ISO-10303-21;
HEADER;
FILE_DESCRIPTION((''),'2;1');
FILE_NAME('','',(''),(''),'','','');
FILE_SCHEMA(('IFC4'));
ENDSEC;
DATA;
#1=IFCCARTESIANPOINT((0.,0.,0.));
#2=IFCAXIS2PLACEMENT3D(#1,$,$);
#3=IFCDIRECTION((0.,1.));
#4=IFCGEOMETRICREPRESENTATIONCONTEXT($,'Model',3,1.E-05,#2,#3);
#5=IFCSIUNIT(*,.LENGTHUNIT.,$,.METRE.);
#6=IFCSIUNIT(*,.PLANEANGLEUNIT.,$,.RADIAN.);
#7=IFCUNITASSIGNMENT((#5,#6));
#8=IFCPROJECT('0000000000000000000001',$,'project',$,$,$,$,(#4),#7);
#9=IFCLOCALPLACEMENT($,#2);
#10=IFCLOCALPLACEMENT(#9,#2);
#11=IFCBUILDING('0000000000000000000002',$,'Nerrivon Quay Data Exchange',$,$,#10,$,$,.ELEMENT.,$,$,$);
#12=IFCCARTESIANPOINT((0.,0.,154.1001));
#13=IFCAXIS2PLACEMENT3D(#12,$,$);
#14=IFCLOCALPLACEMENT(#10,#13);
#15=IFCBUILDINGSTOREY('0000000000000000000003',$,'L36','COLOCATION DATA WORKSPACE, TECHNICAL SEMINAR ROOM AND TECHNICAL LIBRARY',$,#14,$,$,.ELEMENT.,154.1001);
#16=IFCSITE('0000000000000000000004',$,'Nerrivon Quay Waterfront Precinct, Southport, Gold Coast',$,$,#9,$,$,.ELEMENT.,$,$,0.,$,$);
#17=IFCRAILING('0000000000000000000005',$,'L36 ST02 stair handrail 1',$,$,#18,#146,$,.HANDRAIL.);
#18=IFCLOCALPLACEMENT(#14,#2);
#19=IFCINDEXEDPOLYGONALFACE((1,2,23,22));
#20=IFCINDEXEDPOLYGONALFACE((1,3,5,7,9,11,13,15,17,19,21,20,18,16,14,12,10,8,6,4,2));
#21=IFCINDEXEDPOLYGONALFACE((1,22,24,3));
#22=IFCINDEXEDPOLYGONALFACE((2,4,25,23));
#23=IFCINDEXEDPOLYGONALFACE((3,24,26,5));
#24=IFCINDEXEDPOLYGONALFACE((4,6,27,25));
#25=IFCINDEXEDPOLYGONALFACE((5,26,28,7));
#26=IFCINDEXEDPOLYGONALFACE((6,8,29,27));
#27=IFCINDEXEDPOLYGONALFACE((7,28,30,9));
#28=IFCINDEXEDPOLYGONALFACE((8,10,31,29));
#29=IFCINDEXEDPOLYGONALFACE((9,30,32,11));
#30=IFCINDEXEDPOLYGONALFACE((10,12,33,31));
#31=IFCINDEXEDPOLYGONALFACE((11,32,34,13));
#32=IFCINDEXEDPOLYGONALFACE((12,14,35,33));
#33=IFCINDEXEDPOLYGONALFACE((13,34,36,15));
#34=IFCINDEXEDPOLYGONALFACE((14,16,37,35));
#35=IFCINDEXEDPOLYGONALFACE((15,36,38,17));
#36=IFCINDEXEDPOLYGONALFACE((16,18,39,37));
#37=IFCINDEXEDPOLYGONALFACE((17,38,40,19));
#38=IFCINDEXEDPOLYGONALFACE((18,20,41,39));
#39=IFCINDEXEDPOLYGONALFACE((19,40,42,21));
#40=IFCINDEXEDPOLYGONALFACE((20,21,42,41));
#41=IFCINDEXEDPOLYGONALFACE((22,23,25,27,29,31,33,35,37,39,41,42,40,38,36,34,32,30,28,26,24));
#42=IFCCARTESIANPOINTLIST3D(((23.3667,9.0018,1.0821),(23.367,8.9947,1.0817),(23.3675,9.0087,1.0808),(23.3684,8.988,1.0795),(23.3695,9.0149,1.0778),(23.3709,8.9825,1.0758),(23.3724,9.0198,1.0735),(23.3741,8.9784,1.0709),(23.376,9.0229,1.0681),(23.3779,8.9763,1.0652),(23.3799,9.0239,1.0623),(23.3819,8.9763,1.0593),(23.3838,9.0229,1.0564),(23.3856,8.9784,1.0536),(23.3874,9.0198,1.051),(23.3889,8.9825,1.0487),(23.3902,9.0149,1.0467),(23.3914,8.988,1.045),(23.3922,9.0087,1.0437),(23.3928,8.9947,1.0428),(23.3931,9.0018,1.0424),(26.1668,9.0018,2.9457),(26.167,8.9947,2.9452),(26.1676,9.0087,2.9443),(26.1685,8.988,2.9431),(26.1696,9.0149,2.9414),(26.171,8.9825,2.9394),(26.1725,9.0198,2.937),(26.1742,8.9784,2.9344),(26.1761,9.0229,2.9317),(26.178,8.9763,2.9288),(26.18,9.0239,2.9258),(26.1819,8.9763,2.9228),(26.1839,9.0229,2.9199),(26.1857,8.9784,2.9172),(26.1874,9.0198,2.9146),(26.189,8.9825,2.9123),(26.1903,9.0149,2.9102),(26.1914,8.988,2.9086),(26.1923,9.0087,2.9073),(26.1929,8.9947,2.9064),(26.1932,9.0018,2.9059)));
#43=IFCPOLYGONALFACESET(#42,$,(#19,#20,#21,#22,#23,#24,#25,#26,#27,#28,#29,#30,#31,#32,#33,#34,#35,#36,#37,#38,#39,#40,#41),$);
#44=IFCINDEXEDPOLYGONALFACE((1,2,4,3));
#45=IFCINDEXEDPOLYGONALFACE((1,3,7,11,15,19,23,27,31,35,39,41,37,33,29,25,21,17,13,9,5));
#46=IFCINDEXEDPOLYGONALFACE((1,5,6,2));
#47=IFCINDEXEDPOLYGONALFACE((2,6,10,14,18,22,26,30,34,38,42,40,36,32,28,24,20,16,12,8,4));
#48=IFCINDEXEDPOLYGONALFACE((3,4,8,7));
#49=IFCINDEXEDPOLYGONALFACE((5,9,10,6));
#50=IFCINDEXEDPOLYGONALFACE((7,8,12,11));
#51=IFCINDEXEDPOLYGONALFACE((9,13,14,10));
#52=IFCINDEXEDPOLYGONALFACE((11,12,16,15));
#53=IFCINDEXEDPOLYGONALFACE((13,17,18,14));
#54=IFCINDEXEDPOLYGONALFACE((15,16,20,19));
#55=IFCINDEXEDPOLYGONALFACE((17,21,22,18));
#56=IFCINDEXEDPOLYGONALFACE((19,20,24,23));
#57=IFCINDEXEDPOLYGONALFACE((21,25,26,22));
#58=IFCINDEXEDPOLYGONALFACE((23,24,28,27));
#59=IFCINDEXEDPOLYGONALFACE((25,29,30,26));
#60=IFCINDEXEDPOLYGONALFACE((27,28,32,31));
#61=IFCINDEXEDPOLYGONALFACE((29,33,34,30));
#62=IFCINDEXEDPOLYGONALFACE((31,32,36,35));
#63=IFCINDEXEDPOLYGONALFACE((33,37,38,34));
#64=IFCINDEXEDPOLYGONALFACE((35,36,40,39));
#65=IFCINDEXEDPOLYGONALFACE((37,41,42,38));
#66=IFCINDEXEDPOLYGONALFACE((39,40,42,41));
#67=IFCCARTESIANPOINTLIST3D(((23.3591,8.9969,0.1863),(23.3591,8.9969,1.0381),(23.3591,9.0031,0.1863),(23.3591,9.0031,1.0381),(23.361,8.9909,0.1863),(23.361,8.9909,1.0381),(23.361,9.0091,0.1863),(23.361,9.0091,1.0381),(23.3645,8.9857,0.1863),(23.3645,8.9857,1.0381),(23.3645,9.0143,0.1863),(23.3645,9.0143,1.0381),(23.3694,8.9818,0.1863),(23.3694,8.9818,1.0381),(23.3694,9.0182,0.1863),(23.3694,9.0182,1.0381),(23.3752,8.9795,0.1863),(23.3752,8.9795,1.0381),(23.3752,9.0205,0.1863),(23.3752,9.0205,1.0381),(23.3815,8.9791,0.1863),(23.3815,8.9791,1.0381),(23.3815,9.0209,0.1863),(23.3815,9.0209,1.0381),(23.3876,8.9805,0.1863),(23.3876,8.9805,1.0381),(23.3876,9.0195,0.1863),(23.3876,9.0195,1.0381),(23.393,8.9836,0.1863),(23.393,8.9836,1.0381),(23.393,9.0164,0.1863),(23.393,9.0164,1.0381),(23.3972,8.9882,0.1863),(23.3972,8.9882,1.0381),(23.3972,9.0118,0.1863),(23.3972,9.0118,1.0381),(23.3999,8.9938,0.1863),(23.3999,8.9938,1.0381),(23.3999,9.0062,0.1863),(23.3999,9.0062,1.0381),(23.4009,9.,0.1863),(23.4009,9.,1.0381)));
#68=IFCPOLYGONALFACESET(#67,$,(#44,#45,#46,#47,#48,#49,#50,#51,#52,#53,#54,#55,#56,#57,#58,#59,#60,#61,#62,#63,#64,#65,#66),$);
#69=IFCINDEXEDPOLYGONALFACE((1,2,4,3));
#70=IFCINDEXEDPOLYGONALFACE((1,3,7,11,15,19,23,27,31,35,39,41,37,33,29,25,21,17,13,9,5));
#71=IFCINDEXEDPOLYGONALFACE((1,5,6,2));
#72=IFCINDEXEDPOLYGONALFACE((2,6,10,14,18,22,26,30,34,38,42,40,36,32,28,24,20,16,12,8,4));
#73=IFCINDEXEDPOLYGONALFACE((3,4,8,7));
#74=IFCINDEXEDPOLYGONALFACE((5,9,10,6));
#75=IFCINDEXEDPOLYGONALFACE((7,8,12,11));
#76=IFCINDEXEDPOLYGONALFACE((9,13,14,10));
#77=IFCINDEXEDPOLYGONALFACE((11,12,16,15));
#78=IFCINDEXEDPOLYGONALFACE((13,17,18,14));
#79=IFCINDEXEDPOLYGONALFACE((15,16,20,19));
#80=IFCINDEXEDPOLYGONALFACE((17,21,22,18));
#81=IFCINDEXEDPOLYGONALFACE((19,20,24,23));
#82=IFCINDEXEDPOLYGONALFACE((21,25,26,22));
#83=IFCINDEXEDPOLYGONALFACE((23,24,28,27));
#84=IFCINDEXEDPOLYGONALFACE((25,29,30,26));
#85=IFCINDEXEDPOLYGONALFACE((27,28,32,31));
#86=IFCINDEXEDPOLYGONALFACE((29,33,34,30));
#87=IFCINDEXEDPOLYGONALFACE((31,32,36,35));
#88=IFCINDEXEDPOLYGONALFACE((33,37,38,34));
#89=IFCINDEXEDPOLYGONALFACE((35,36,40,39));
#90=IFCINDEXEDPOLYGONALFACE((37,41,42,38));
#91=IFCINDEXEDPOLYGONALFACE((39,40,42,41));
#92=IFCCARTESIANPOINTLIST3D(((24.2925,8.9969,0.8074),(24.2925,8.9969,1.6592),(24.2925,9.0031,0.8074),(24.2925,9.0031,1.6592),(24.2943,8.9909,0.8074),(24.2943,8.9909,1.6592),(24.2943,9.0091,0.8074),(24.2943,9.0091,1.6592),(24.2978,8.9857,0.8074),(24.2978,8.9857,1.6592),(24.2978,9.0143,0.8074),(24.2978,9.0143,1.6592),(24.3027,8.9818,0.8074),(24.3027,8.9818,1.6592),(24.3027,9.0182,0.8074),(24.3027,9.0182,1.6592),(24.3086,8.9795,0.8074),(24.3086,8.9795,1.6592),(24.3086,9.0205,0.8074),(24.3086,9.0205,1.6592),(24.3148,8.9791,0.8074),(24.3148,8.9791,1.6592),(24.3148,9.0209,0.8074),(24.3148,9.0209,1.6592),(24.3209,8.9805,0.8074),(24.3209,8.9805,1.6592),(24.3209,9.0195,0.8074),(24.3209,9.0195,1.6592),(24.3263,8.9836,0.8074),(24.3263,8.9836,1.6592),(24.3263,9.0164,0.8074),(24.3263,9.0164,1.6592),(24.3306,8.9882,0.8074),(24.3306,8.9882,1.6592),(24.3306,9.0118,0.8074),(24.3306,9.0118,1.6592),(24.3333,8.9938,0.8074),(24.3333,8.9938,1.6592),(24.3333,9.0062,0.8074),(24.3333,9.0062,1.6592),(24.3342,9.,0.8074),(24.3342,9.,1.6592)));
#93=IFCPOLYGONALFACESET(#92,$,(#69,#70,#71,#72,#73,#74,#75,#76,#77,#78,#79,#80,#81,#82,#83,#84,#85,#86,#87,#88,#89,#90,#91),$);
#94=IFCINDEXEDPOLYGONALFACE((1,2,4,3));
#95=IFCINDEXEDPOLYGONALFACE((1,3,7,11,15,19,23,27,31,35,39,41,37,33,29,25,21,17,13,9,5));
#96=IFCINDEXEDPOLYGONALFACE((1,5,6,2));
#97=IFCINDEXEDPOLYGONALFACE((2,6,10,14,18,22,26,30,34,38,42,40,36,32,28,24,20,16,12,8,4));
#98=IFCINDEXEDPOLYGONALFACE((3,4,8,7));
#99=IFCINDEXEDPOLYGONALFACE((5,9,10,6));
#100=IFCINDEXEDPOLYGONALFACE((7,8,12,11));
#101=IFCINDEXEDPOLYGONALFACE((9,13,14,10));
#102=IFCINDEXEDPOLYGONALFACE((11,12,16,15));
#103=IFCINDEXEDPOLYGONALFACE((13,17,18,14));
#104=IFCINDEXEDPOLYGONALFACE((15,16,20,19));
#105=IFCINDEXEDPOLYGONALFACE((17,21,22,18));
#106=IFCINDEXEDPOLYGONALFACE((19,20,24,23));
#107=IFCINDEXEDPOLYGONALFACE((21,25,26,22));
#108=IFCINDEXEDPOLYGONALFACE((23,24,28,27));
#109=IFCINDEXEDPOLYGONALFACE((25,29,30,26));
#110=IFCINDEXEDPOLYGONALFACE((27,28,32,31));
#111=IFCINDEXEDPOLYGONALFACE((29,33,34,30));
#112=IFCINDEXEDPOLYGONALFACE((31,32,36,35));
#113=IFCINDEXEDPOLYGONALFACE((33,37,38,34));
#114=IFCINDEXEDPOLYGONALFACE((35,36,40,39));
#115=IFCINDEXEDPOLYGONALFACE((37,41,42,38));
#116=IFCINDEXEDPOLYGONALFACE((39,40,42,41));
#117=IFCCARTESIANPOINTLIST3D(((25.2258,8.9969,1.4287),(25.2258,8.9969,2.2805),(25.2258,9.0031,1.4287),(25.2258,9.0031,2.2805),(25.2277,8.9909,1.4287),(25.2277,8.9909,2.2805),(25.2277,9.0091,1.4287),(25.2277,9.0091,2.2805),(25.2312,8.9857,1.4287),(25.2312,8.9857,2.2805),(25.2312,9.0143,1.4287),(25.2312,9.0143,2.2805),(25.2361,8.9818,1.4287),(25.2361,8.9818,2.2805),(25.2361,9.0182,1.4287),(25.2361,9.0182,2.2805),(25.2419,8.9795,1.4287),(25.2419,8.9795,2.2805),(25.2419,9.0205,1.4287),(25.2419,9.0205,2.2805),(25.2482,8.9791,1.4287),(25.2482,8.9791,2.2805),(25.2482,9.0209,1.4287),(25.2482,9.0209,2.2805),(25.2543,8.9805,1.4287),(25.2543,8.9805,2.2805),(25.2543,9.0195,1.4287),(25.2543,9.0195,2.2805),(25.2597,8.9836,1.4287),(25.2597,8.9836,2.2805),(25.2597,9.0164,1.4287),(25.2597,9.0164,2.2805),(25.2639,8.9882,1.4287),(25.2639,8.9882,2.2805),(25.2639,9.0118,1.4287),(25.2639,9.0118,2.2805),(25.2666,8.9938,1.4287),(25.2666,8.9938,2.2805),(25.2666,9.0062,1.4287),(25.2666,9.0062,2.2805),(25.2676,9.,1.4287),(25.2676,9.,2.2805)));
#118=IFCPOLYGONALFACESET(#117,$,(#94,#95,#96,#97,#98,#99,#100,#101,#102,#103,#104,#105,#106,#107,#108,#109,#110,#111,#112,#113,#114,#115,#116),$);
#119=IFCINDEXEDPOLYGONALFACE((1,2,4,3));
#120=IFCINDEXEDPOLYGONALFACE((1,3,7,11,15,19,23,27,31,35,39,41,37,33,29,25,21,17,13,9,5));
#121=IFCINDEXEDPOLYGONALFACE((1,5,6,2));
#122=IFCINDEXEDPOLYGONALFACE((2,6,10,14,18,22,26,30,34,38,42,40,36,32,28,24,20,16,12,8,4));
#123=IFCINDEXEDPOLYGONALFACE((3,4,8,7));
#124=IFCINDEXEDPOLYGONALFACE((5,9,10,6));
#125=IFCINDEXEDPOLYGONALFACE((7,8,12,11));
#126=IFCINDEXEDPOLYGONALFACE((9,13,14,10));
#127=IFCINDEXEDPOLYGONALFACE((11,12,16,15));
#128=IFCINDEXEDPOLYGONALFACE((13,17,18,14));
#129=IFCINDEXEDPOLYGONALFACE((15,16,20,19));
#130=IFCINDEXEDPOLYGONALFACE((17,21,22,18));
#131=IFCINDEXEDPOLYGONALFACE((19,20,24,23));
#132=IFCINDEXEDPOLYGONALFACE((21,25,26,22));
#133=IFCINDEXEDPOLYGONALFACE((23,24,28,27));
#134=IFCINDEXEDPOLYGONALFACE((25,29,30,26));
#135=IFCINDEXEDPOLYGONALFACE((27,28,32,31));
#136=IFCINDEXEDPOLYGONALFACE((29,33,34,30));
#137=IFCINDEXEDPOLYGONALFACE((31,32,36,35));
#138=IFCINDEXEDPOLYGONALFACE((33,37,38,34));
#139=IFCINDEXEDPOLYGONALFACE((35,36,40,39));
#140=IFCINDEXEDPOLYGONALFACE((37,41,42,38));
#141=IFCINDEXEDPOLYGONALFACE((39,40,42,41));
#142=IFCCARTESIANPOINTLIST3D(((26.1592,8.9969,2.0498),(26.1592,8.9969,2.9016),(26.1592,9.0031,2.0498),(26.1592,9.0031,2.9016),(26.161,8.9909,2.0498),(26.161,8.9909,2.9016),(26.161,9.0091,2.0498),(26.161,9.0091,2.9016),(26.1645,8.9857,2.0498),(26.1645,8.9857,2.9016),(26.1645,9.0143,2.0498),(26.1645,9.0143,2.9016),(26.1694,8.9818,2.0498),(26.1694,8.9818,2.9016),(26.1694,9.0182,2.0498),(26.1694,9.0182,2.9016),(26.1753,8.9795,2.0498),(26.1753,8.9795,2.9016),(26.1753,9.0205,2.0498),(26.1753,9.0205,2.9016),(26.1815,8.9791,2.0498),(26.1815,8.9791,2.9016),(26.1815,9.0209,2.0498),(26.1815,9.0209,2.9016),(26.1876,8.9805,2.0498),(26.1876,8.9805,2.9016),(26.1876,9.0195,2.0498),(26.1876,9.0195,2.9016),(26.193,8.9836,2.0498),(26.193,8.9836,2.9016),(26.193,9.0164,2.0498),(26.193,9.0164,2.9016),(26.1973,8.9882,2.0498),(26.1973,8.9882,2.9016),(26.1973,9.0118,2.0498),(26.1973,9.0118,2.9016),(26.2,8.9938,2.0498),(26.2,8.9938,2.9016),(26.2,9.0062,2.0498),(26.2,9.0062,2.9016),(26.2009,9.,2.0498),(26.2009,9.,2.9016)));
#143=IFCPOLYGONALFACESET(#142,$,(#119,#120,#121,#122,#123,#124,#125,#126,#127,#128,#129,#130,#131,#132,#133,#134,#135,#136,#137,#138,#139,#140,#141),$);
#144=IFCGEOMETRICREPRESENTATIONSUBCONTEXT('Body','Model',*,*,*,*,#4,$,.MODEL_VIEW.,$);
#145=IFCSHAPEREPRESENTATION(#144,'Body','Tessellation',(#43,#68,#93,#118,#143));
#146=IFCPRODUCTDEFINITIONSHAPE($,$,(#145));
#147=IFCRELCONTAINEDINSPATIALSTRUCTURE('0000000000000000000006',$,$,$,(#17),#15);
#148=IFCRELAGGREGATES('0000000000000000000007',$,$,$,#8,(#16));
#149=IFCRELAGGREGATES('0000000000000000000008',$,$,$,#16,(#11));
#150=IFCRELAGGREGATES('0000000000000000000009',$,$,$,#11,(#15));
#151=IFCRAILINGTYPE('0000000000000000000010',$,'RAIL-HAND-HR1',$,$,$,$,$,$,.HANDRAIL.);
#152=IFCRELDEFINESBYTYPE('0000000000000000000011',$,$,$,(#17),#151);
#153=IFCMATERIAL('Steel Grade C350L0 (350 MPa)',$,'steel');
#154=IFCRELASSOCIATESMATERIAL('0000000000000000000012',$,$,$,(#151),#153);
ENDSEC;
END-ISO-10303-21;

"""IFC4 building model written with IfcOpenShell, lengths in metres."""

from ifc_helpers import new_model, si_unit, direction, frame, origin, origin_2d, place, context, subcontext, project, spatial, circle, extrude, material, type_object, element, save


model = new_model("IFC4")

# Units and contexts
model_context = context("Model", 3, precision=1e-05, world=origin(), true_north=direction((0.0, 1.0)))
body_context = subcontext(model_context, "Body", "Model", "MODEL_VIEW")
ifc_project = project(units=[si_unit("LENGTHUNIT", "METRE"), si_unit("PLANEANGLEUNIT", "RADIAN")], contexts=[model_context])

# Site, building, storey
site_placement = place(None, origin())
site = spatial("IfcSite", under=ifc_project, at=site_placement, Name="Nerrivon Quay Waterfront Precinct, Southport, Gold Coast", CompositionType="ELEMENT", RefElevation=0.0)
building_placement = place(site_placement, origin())
building = spatial("IfcBuilding", under=site, at=building_placement, Name="Nerrivon Quay Data Exchange", CompositionType="ELEMENT")
storey_placement = place(building_placement, frame((0.0, 0.0, 154.1001)))
storey = spatial("IfcBuildingStorey", under=building, at=storey_placement, Name="L36", Description="COLOCATION DATA WORKSPACE, TECHNICAL SEMINAR ROOM AND TECHNICAL LIBRARY", CompositionType="ELEMENT", Elevation=154.1001)

# Railing
ifc_material_1 = material(Name="Steel Grade C350L0 (350 MPa)", Category="steel")
railing_type_1 = type_object("IfcRailingType", Name="RAIL-HAND-HR1", PredefinedType="HANDRAIL", material=ifc_material_1)
railing_1_placement = place(storey_placement, frame((23.3799, 9.0, 0.1863)))
element("IfcRailing", 1, at=railing_1_placement, inside=storey, type_object=railing_type_1, Name="L36 ST02 stair handrail 1", PredefinedType="HANDRAIL", context=body_context, shape_type="SweptSolid", body=[
    extrude(circle(Radius=0.0239, at=origin_2d()), frame((0.0, 0.0, 0.876), z_axis=(0.832486, 0.0, 0.554047), x_axis=(0.0, 1.0, 0.0)), (0.0, 0.0, 1.0), 3.3635),
    extrude(circle(Radius=0.021, at=origin_2d()), origin(), (0.0, 0.0, 1.0), 0.8518),
    extrude(circle(Radius=0.021, at=origin_2d()), frame((0.9333, 0.0, 0.6211)), (0.0, 0.0, 1.0), 0.8518),
    extrude(circle(Radius=0.021, at=origin_2d()), frame((1.8667, 0.0, 1.2424)), (0.0, 0.0, 1.0), 0.8518),
    extrude(circle(Radius=0.021, at=origin_2d()), frame((2.8, 0.0, 1.8635)), (0.0, 0.0, 1.0), 0.8518),
])

save(model, "model.ifc")
